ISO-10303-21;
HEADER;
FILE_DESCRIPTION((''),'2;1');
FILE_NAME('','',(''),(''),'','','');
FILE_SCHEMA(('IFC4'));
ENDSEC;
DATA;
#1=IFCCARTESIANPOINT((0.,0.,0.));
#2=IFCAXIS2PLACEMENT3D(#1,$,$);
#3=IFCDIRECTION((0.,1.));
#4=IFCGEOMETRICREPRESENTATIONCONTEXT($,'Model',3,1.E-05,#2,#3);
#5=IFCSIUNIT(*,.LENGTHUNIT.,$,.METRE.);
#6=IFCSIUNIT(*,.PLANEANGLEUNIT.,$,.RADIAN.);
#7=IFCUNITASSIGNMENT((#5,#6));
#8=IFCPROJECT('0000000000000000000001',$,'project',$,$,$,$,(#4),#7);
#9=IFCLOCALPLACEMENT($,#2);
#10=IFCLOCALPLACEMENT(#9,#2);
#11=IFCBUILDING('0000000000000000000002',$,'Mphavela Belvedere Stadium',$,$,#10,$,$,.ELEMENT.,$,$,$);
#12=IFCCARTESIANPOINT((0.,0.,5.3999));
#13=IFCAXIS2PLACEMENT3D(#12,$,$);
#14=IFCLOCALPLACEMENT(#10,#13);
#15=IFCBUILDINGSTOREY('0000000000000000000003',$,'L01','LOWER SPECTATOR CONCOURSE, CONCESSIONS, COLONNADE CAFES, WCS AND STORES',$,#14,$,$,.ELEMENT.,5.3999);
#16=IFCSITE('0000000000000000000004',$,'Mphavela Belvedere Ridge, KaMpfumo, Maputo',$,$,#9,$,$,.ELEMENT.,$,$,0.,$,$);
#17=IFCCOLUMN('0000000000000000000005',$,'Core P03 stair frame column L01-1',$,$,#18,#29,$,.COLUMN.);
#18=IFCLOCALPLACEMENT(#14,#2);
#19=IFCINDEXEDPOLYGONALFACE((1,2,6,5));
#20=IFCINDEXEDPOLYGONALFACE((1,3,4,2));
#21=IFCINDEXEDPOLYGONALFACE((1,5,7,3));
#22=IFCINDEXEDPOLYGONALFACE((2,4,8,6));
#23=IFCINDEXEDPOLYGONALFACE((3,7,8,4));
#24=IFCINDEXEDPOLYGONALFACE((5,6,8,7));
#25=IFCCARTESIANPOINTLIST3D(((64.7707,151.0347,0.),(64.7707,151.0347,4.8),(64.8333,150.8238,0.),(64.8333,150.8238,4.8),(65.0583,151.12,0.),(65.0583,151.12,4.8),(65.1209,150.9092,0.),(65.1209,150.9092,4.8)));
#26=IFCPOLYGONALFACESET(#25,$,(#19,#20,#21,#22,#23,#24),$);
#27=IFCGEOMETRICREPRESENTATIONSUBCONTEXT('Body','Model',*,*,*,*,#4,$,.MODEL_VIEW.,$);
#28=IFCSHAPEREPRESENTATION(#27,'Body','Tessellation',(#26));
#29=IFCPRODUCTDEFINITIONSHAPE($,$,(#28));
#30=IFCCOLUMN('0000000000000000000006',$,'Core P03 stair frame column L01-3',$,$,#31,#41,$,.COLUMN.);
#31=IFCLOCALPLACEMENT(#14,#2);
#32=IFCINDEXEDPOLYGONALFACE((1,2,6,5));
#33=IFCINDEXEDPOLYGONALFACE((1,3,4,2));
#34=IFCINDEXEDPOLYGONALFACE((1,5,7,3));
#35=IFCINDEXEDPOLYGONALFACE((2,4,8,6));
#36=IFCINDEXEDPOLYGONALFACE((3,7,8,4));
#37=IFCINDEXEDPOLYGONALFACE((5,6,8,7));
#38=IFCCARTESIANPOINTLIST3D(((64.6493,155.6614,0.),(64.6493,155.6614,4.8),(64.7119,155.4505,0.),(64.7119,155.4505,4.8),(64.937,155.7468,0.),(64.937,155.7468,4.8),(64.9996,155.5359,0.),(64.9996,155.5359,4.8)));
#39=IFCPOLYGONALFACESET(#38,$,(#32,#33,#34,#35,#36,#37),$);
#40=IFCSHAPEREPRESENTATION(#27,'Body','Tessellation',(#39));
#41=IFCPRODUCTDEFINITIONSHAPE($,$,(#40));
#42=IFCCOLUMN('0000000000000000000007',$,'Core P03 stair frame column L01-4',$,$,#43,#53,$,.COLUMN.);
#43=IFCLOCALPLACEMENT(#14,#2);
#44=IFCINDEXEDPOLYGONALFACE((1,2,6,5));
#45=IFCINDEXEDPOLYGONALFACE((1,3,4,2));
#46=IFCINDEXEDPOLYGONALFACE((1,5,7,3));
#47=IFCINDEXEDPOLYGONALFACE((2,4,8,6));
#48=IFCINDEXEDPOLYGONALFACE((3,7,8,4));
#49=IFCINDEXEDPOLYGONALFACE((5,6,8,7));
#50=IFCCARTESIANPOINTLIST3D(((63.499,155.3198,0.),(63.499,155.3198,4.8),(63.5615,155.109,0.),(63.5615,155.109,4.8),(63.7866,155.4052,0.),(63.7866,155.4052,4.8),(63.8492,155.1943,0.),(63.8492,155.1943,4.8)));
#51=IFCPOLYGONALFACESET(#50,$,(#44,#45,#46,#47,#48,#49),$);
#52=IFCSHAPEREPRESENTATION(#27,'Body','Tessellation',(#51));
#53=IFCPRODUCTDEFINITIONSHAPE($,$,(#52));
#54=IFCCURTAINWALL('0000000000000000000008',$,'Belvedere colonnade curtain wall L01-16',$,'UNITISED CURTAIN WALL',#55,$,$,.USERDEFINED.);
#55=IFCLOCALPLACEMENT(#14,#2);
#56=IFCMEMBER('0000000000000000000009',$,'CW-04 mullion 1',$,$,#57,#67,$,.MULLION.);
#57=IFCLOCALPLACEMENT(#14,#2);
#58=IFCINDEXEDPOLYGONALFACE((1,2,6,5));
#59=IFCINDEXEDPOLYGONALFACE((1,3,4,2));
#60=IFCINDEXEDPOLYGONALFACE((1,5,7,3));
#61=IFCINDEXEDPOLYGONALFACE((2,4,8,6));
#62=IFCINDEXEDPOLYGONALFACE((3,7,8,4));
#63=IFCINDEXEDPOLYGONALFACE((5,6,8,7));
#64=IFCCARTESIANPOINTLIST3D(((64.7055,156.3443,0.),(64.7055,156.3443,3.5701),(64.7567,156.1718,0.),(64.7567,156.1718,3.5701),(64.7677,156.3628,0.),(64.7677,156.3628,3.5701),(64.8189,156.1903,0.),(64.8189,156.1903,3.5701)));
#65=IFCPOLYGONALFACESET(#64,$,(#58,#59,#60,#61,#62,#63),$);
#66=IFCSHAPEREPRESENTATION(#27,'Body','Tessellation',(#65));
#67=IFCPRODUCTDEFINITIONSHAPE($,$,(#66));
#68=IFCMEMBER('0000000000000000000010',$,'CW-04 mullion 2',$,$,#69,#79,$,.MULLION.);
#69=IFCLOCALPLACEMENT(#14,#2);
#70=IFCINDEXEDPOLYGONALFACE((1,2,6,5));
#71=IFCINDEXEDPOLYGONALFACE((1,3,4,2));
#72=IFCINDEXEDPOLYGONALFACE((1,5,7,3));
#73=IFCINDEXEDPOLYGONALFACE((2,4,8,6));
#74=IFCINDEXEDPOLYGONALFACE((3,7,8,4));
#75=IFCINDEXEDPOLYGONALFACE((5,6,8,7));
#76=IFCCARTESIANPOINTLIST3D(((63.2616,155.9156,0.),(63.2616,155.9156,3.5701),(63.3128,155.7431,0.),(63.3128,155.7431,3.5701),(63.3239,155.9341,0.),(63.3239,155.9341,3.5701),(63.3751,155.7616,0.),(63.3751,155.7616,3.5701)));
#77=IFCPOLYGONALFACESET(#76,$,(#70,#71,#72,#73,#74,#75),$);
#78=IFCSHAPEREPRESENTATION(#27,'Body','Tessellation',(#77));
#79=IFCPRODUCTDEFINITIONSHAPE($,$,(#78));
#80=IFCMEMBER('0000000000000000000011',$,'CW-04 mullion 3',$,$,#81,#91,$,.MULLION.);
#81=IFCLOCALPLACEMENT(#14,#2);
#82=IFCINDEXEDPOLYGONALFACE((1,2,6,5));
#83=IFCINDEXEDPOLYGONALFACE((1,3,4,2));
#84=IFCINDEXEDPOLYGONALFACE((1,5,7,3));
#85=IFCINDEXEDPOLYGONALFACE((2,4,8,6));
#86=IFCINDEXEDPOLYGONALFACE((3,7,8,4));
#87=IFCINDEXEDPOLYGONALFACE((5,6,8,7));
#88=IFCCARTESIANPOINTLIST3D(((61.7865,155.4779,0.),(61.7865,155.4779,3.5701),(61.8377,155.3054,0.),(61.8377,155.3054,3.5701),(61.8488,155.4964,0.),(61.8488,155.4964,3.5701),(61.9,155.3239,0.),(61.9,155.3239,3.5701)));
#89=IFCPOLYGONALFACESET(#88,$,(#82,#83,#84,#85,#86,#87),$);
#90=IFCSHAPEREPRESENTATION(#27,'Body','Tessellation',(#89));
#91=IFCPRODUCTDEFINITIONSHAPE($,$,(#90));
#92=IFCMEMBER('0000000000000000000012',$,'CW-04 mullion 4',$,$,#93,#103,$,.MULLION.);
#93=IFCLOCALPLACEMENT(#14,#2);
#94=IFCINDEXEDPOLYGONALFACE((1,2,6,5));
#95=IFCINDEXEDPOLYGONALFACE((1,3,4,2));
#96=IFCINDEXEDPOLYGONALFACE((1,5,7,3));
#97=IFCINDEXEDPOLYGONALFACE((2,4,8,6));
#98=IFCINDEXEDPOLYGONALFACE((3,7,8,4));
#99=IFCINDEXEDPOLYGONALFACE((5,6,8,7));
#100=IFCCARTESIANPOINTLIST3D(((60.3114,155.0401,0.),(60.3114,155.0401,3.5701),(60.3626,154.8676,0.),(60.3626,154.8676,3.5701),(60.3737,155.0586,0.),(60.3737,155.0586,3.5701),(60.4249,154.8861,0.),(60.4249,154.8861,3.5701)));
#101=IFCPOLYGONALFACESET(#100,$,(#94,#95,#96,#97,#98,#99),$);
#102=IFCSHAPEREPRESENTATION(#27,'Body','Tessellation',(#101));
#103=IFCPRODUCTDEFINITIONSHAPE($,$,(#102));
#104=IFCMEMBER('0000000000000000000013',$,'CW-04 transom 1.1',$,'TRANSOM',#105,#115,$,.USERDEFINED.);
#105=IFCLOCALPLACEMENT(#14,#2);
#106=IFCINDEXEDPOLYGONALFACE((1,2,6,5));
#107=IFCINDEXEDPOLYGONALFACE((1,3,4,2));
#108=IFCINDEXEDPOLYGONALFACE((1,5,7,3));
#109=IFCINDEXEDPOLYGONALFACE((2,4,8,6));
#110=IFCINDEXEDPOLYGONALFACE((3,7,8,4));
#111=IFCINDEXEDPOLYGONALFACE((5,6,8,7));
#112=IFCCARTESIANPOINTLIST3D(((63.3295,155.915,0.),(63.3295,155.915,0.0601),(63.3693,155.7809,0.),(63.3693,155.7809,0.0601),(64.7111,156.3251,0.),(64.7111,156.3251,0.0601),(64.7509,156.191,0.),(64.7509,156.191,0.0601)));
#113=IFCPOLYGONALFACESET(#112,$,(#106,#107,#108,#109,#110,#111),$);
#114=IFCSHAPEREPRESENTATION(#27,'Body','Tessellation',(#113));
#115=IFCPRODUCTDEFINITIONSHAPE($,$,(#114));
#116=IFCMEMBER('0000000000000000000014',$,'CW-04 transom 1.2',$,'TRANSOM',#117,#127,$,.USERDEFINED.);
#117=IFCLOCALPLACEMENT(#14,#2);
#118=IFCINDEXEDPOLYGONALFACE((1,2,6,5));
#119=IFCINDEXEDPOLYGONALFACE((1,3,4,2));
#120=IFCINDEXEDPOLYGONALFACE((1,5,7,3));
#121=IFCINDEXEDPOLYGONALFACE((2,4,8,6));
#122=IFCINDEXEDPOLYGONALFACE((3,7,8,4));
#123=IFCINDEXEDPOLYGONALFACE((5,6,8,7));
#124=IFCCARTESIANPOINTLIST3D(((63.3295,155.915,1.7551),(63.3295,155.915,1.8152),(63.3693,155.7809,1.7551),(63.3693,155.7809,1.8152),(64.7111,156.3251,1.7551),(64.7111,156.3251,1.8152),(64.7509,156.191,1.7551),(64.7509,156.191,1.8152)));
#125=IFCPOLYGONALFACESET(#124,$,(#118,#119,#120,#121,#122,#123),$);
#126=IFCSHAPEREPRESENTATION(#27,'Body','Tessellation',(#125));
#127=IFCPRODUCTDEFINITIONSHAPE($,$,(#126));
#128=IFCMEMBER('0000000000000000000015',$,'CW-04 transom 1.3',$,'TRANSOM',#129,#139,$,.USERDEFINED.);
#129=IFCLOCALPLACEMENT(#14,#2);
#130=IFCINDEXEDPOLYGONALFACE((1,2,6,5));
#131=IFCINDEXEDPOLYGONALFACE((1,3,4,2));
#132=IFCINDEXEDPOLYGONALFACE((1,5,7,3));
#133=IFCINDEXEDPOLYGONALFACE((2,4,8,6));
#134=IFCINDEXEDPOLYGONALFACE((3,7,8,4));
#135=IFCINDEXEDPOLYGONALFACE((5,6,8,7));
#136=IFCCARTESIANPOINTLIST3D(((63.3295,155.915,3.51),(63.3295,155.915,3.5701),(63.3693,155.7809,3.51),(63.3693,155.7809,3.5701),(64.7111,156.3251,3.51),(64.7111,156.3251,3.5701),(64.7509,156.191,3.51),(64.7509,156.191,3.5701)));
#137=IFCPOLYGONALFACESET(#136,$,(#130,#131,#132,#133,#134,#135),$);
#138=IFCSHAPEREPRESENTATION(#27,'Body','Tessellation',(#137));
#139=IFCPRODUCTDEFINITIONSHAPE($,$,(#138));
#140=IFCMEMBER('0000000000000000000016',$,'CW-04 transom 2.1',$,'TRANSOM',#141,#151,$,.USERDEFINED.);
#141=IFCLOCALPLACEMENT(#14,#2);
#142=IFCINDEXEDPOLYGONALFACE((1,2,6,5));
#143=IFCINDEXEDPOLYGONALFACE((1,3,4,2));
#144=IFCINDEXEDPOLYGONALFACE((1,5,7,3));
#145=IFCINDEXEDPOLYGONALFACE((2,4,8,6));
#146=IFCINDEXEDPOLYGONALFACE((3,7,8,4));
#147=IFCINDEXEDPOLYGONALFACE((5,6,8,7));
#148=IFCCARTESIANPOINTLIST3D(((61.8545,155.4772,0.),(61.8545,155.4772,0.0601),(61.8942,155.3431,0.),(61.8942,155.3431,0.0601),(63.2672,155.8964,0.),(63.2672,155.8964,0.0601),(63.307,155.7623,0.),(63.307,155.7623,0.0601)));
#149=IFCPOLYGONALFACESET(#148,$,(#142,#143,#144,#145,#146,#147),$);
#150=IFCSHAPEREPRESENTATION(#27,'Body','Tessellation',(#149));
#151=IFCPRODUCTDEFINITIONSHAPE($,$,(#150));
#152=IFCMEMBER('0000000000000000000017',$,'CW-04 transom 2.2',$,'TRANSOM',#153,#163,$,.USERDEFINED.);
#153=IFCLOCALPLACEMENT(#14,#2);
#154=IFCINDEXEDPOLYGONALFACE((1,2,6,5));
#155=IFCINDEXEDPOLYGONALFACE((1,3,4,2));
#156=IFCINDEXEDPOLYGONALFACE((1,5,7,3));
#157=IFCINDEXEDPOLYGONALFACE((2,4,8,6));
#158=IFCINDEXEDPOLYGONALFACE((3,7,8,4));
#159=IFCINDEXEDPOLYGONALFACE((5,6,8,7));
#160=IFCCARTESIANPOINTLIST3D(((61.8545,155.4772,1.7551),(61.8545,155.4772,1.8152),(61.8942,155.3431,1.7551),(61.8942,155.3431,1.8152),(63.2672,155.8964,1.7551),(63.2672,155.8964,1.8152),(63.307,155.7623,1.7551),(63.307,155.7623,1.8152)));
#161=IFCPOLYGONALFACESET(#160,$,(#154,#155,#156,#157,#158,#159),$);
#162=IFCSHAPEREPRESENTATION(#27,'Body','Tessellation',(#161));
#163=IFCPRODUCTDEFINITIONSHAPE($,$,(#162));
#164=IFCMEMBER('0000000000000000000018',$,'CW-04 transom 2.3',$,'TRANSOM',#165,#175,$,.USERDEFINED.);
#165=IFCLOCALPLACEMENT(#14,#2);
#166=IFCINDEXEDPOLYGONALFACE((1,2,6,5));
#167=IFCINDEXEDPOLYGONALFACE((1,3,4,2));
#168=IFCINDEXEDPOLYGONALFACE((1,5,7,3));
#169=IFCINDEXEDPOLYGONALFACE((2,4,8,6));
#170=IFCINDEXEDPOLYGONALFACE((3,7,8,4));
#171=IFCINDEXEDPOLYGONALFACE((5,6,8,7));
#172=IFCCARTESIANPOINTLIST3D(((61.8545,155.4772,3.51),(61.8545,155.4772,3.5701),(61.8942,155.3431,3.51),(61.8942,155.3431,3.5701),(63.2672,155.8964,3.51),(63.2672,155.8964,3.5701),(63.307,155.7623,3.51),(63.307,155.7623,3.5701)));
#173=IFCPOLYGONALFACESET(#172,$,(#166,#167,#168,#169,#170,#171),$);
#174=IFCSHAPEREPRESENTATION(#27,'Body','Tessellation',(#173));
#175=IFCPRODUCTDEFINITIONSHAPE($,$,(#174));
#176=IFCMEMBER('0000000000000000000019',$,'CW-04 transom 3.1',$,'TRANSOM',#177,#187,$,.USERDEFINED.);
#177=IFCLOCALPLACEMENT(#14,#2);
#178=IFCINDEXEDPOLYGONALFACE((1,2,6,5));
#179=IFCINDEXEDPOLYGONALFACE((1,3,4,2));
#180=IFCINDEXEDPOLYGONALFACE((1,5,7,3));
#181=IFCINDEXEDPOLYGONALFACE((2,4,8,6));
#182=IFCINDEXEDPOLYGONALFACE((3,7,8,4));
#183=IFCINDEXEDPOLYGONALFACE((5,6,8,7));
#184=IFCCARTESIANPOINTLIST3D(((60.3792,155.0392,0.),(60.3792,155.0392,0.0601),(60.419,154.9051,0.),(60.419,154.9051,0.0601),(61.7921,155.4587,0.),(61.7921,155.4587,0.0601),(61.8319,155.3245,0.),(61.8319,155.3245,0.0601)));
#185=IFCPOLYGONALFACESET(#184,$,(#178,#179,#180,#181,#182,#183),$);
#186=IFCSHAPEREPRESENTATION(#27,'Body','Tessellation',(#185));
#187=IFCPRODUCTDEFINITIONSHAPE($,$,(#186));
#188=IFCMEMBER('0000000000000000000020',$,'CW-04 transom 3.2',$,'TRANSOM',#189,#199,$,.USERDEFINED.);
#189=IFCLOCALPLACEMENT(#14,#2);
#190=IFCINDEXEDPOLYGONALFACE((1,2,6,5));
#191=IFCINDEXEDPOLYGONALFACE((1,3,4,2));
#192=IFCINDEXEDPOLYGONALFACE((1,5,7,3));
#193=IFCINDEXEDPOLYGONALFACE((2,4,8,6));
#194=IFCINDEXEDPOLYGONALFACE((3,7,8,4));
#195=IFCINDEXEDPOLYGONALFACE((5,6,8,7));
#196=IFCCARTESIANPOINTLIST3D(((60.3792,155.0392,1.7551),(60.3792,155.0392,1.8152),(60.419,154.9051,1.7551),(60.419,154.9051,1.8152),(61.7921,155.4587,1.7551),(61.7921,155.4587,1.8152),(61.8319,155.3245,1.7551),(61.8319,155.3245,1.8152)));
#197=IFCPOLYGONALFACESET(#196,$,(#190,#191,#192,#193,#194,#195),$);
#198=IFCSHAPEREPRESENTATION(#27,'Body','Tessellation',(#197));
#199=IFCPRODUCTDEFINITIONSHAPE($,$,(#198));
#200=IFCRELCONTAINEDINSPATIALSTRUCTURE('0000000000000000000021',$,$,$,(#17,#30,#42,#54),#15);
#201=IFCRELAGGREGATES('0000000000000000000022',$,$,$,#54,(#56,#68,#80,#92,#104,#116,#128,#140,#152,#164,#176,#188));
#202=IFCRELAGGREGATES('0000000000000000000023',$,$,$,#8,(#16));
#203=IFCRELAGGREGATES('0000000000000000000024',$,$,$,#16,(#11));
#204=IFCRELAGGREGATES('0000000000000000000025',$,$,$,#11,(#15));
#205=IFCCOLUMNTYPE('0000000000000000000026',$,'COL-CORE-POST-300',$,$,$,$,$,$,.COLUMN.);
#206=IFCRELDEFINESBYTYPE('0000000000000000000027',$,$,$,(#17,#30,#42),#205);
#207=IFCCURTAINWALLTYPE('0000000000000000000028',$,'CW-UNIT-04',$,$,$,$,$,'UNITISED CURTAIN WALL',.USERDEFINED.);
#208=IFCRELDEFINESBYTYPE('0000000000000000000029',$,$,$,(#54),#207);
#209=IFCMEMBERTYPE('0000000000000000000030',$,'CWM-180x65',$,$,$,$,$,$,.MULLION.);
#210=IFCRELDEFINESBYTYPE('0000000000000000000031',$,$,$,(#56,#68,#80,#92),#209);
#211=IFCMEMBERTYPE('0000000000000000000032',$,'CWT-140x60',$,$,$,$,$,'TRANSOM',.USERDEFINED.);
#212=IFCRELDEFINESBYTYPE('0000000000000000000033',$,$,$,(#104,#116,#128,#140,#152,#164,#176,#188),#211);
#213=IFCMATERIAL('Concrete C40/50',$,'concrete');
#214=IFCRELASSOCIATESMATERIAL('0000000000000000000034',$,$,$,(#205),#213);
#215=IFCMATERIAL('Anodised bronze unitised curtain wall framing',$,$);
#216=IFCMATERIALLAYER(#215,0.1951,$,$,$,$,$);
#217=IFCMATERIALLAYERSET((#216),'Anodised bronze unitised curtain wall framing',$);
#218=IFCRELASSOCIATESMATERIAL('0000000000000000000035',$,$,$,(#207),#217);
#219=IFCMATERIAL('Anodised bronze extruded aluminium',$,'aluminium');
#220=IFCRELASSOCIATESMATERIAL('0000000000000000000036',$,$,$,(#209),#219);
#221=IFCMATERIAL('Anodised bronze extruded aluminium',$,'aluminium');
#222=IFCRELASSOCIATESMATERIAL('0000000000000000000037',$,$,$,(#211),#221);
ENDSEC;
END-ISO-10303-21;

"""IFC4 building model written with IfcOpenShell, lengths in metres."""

from ifc_helpers import new_model, si_unit, direction, frame, origin, origin_2d, place, context, subcontext, project, spatial, rectangle, extrude, material, layer, layer_set, material_profile, profile_set, type_object, element, aggregate, save


model = new_model("IFC4")

# Units and contexts
model_context = context("Model", 3, precision=1e-05, world=origin(), true_north=direction((0.0, 1.0)))
body_context = subcontext(model_context, "Body", "Model", "MODEL_VIEW")
ifc_project = project(units=[si_unit("LENGTHUNIT", "METRE"), si_unit("PLANEANGLEUNIT", "RADIAN")], contexts=[model_context])

# Site, building, storey
site_placement = place(None, origin())
site = spatial("IfcSite", under=ifc_project, at=site_placement, Name="Mphavela Belvedere Ridge, KaMpfumo, Maputo", CompositionType="ELEMENT", RefElevation=0.0)
building_placement = place(site_placement, origin())
building = spatial("IfcBuilding", under=site, at=building_placement, Name="Mphavela Belvedere Stadium", CompositionType="ELEMENT")
storey_placement = place(building_placement, frame((0.0, 0.0, 5.3999)))
storey = spatial("IfcBuildingStorey", under=building, at=storey_placement, Name="L01", Description="LOWER SPECTATOR CONCOURSE, CONCESSIONS, COLONNADE CAFES, WCS AND STORES", CompositionType="ELEMENT", Elevation=5.3999)

# Columns
ifc_material_1 = material(Name="Concrete C40/50", Category="concrete")
ifc_material_profile_1 = material_profile(ifc_material_1, rectangle(XDim=0.3, YDim=0.22, at=origin_2d()), Name="RC 300x220")
ifc_profile_set_1 = profile_set([ifc_material_profile_1], Name="Concrete C40/50")
column_type = type_object("IfcColumnType", Name="COL-CORE-POST-300", PredefinedType="COLUMN", material=ifc_profile_set_1)
for number, where, z_axis, x_axis, name in (
    (1, (64.9458, 150.9719, 0.0), (0.0, 0.0, 1.0), (0.958671, 0.284517, 0.0), "Core P03 stair frame column L01-1"),
    (2, (64.8245, 155.5986, 0.0), (0.0, 0.0, 1.0), (0.958671, 0.284517, 0.0), "Core P03 stair frame column L01-3"),
    (3, (63.6741, 155.2571, 0.0), (0.0, 0.0, 1.0), (0.958671, 0.284517, 0.0), "Core P03 stair frame column L01-4"),
):
    element("IfcColumn", number, at=place(storey_placement, frame(where, z_axis=z_axis, x_axis=x_axis)), inside=storey, type_object=column_type, Name=name, PredefinedType="COLUMN", context=body_context, shape_type="SweptSolid", body=[
        extrude(rectangle(XDim=0.3, YDim=0.22, at=origin_2d()), origin(), (0.0, 0.0, 1.0), 4.8),
    ])

# Curtain wall, members
ifc_material_2 = material(Name="Anodised bronze unitised curtain wall framing")
ifc_layer_1 = layer(ifc_material_2, 0.1951)
ifc_layer_set_1 = layer_set([ifc_layer_1], Name="Anodised bronze unitised curtain wall framing")
curtain_wall_type = type_object("IfcCurtainWallType", Name="CW-UNIT-04", ElementType="UNITISED CURTAIN WALL", PredefinedType="USERDEFINED", material=ifc_layer_set_1)
curtain_wall_placement = place(storey_placement, origin())
curtain_wall = element("IfcCurtainWall", 4, at=curtain_wall_placement, inside=storey, type_object=curtain_wall_type, Name="Belvedere colonnade curtain wall L01-16", ObjectType="UNITISED CURTAIN WALL", PredefinedType="USERDEFINED")
ifc_material_3 = material(Name="Anodised bronze extruded aluminium", Category="aluminium")
ifc_material_profile_2 = material_profile(ifc_material_3, rectangle(XDim=0.1799, YDim=0.0649, at=origin_2d()), Name="CW-MUL 180x65")
ifc_profile_set_2 = profile_set([ifc_material_profile_2], Name="Anodised bronze extruded aluminium")
member_type_1 = type_object("IfcMemberType", Name="CWM-180x65", PredefinedType="MULLION", material=ifc_profile_set_2)
member_1_placement = place(storey_placement, frame((64.7622, 156.2673, 0.0), z_axis=(0.0, 0.0, 1.0), x_axis=(0.284551, -0.958661, 0.0)))
member_1 = element("IfcMember", 5, at=member_1_placement, type_object=member_type_1, Name="CW-04 mullion 1", PredefinedType="MULLION", context=body_context, shape_type="SweptSolid", body=[
    extrude(rectangle(XDim=0.1799, YDim=0.0649, at=origin_2d()), origin(), (0.0, 0.0, 1.0), 3.5701),
])
member_2_placement = place(storey_placement, frame((63.3184, 155.8386, 0.0), z_axis=(0.0, 0.0, 1.0), x_axis=(0.284551, -0.958661, 0.0)))
member_2 = element("IfcMember", 6, at=member_2_placement, type_object=member_type_1, Name="CW-04 mullion 2", PredefinedType="MULLION", context=body_context, shape_type="SweptSolid", body=[
    extrude(rectangle(XDim=0.1799, YDim=0.0649, at=origin_2d()), origin(), (0.0, 0.0, 1.0), 3.5701),
])
member_3_placement = place(storey_placement, frame((61.8433, 155.4009, 0.0), z_axis=(0.0, 0.0, 1.0), x_axis=(0.284551, -0.958661, 0.0)))
member_3 = element("IfcMember", 7, at=member_3_placement, type_object=member_type_1, Name="CW-04 mullion 3", PredefinedType="MULLION", context=body_context, shape_type="SweptSolid", body=[
    extrude(rectangle(XDim=0.1799, YDim=0.0649, at=origin_2d()), origin(), (0.0, 0.0, 1.0), 3.5701),
])
member_4_placement = place(storey_placement, frame((60.3682, 154.9631, 0.0), z_axis=(0.0, 0.0, 1.0), x_axis=(0.284551, -0.958661, 0.0)))
member_4 = element("IfcMember", 8, at=member_4_placement, type_object=member_type_1, Name="CW-04 mullion 4", PredefinedType="MULLION", context=body_context, shape_type="SweptSolid", body=[
    extrude(rectangle(XDim=0.1799, YDim=0.0649, at=origin_2d()), origin(), (0.0, 0.0, 1.0), 3.5701),
])
ifc_material_4 = material(Name="Anodised bronze extruded aluminium", Category="aluminium")
ifc_material_profile_3 = material_profile(ifc_material_4, rectangle(XDim=0.1399, YDim=0.0601, at=origin_2d()), Name="CW-TRN 140x60")
ifc_profile_set_3 = profile_set([ifc_material_profile_3], Name="Anodised bronze extruded aluminium")
member_type_2 = type_object("IfcMemberType", Name="CWT-140x60", ElementType="TRANSOM", PredefinedType="USERDEFINED", material=ifc_profile_set_3)
member_5_placement = place(storey_placement, frame((64.731, 156.2581, 0.03), z_axis=(-0.958648, -0.284596, 0.0), x_axis=(0.284596, -0.958648, 0.0)))
member_5 = element("IfcMember", 9, at=member_5_placement, type_object=member_type_2, Name="CW-04 transom 1.1", ObjectType="TRANSOM", PredefinedType="USERDEFINED", context=body_context, shape_type="SweptSolid", body=[
    extrude(rectangle(XDim=0.1399, YDim=0.0601, at=origin_2d()), origin(), (0.0, 0.0, 1.0), 1.4412),
])
member_6_placement = place(storey_placement, frame((64.731, 156.2581, 1.7852), z_axis=(-0.958648, -0.284596, 0.0), x_axis=(0.284596, -0.958648, 0.0)))
member_6 = element("IfcMember", 10, at=member_6_placement, type_object=member_type_2, Name="CW-04 transom 1.2", ObjectType="TRANSOM", PredefinedType="USERDEFINED", context=body_context, shape_type="SweptSolid", body=[
    extrude(rectangle(XDim=0.1399, YDim=0.0601, at=origin_2d()), origin(), (0.0, 0.0, 1.0), 1.4412),
])
member_7_placement = place(storey_placement, frame((64.731, 156.2581, 3.54), z_axis=(-0.958648, -0.284596, 0.0), x_axis=(0.284596, -0.958648, 0.0)))
member_7 = element("IfcMember", 11, at=member_7_placement, type_object=member_type_2, Name="CW-04 transom 1.3", ObjectType="TRANSOM", PredefinedType="USERDEFINED", context=body_context, shape_type="SweptSolid", body=[
    extrude(rectangle(XDim=0.1399, YDim=0.0601, at=origin_2d()), origin(), (0.0, 0.0, 1.0), 1.4412),
])
member_8_placement = place(storey_placement, frame((63.2871, 155.8293, 0.03), z_axis=(-0.958693, -0.284444, 0.0), x_axis=(0.284444, -0.958693, 0.0)))
member_8 = element("IfcMember", 12, at=member_8_placement, type_object=member_type_2, Name="CW-04 transom 2.1", ObjectType="TRANSOM", PredefinedType="USERDEFINED", context=body_context, shape_type="SweptSolid", body=[
    extrude(rectangle(XDim=0.1399, YDim=0.0601, at=origin_2d()), origin(), (0.0, 0.0, 1.0), 1.4736),
])
member_9_placement = place(storey_placement, frame((63.2871, 155.8293, 1.7852), z_axis=(-0.958693, -0.284444, 0.0), x_axis=(0.284444, -0.958693, 0.0)))
member_9 = element("IfcMember", 13, at=member_9_placement, type_object=member_type_2, Name="CW-04 transom 2.2", ObjectType="TRANSOM", PredefinedType="USERDEFINED", context=body_context, shape_type="SweptSolid", body=[
    extrude(rectangle(XDim=0.1399, YDim=0.0601, at=origin_2d()), origin(), (0.0, 0.0, 1.0), 1.4736),
])
member_10_placement = place(storey_placement, frame((63.2871, 155.8293, 3.54), z_axis=(-0.958693, -0.284444, 0.0), x_axis=(0.284444, -0.958693, 0.0)))
member_10 = element("IfcMember", 14, at=member_10_placement, type_object=member_type_2, Name="CW-04 transom 2.3", ObjectType="TRANSOM", PredefinedType="USERDEFINED", context=body_context, shape_type="SweptSolid", body=[
    extrude(rectangle(XDim=0.1399, YDim=0.0601, at=origin_2d()), origin(), (0.0, 0.0, 1.0), 1.4736),
])
member_11_placement = place(storey_placement, frame((61.812, 155.3916, 0.03), z_axis=(-0.958648, -0.284596, 0.0), x_axis=(0.284596, -0.958648, 0.0)))
member_11 = element("IfcMember", 15, at=member_11_placement, type_object=member_type_2, Name="CW-04 transom 3.1", ObjectType="TRANSOM", PredefinedType="USERDEFINED", context=body_context, shape_type="SweptSolid", body=[
    extrude(rectangle(XDim=0.1399, YDim=0.0601, at=origin_2d()), origin(), (0.0, 0.0, 1.0), 1.4739),
])
member_12_placement = place(storey_placement, frame((61.812, 155.3916, 1.7852), z_axis=(-0.958648, -0.284596, 0.0), x_axis=(0.284596, -0.958648, 0.0)))
member_12 = element("IfcMember", 16, at=member_12_placement, type_object=member_type_2, Name="CW-04 transom 3.2", ObjectType="TRANSOM", PredefinedType="USERDEFINED", context=body_context, shape_type="SweptSolid", body=[
    extrude(rectangle(XDim=0.1399, YDim=0.0601, at=origin_2d()), origin(), (0.0, 0.0, 1.0), 1.4739),
])
aggregate(curtain_wall, [member_1, member_2, member_3, member_4, member_5, member_6, member_7, member_8, member_9, member_10, member_11, member_12])

save(model, "model.ifc")
